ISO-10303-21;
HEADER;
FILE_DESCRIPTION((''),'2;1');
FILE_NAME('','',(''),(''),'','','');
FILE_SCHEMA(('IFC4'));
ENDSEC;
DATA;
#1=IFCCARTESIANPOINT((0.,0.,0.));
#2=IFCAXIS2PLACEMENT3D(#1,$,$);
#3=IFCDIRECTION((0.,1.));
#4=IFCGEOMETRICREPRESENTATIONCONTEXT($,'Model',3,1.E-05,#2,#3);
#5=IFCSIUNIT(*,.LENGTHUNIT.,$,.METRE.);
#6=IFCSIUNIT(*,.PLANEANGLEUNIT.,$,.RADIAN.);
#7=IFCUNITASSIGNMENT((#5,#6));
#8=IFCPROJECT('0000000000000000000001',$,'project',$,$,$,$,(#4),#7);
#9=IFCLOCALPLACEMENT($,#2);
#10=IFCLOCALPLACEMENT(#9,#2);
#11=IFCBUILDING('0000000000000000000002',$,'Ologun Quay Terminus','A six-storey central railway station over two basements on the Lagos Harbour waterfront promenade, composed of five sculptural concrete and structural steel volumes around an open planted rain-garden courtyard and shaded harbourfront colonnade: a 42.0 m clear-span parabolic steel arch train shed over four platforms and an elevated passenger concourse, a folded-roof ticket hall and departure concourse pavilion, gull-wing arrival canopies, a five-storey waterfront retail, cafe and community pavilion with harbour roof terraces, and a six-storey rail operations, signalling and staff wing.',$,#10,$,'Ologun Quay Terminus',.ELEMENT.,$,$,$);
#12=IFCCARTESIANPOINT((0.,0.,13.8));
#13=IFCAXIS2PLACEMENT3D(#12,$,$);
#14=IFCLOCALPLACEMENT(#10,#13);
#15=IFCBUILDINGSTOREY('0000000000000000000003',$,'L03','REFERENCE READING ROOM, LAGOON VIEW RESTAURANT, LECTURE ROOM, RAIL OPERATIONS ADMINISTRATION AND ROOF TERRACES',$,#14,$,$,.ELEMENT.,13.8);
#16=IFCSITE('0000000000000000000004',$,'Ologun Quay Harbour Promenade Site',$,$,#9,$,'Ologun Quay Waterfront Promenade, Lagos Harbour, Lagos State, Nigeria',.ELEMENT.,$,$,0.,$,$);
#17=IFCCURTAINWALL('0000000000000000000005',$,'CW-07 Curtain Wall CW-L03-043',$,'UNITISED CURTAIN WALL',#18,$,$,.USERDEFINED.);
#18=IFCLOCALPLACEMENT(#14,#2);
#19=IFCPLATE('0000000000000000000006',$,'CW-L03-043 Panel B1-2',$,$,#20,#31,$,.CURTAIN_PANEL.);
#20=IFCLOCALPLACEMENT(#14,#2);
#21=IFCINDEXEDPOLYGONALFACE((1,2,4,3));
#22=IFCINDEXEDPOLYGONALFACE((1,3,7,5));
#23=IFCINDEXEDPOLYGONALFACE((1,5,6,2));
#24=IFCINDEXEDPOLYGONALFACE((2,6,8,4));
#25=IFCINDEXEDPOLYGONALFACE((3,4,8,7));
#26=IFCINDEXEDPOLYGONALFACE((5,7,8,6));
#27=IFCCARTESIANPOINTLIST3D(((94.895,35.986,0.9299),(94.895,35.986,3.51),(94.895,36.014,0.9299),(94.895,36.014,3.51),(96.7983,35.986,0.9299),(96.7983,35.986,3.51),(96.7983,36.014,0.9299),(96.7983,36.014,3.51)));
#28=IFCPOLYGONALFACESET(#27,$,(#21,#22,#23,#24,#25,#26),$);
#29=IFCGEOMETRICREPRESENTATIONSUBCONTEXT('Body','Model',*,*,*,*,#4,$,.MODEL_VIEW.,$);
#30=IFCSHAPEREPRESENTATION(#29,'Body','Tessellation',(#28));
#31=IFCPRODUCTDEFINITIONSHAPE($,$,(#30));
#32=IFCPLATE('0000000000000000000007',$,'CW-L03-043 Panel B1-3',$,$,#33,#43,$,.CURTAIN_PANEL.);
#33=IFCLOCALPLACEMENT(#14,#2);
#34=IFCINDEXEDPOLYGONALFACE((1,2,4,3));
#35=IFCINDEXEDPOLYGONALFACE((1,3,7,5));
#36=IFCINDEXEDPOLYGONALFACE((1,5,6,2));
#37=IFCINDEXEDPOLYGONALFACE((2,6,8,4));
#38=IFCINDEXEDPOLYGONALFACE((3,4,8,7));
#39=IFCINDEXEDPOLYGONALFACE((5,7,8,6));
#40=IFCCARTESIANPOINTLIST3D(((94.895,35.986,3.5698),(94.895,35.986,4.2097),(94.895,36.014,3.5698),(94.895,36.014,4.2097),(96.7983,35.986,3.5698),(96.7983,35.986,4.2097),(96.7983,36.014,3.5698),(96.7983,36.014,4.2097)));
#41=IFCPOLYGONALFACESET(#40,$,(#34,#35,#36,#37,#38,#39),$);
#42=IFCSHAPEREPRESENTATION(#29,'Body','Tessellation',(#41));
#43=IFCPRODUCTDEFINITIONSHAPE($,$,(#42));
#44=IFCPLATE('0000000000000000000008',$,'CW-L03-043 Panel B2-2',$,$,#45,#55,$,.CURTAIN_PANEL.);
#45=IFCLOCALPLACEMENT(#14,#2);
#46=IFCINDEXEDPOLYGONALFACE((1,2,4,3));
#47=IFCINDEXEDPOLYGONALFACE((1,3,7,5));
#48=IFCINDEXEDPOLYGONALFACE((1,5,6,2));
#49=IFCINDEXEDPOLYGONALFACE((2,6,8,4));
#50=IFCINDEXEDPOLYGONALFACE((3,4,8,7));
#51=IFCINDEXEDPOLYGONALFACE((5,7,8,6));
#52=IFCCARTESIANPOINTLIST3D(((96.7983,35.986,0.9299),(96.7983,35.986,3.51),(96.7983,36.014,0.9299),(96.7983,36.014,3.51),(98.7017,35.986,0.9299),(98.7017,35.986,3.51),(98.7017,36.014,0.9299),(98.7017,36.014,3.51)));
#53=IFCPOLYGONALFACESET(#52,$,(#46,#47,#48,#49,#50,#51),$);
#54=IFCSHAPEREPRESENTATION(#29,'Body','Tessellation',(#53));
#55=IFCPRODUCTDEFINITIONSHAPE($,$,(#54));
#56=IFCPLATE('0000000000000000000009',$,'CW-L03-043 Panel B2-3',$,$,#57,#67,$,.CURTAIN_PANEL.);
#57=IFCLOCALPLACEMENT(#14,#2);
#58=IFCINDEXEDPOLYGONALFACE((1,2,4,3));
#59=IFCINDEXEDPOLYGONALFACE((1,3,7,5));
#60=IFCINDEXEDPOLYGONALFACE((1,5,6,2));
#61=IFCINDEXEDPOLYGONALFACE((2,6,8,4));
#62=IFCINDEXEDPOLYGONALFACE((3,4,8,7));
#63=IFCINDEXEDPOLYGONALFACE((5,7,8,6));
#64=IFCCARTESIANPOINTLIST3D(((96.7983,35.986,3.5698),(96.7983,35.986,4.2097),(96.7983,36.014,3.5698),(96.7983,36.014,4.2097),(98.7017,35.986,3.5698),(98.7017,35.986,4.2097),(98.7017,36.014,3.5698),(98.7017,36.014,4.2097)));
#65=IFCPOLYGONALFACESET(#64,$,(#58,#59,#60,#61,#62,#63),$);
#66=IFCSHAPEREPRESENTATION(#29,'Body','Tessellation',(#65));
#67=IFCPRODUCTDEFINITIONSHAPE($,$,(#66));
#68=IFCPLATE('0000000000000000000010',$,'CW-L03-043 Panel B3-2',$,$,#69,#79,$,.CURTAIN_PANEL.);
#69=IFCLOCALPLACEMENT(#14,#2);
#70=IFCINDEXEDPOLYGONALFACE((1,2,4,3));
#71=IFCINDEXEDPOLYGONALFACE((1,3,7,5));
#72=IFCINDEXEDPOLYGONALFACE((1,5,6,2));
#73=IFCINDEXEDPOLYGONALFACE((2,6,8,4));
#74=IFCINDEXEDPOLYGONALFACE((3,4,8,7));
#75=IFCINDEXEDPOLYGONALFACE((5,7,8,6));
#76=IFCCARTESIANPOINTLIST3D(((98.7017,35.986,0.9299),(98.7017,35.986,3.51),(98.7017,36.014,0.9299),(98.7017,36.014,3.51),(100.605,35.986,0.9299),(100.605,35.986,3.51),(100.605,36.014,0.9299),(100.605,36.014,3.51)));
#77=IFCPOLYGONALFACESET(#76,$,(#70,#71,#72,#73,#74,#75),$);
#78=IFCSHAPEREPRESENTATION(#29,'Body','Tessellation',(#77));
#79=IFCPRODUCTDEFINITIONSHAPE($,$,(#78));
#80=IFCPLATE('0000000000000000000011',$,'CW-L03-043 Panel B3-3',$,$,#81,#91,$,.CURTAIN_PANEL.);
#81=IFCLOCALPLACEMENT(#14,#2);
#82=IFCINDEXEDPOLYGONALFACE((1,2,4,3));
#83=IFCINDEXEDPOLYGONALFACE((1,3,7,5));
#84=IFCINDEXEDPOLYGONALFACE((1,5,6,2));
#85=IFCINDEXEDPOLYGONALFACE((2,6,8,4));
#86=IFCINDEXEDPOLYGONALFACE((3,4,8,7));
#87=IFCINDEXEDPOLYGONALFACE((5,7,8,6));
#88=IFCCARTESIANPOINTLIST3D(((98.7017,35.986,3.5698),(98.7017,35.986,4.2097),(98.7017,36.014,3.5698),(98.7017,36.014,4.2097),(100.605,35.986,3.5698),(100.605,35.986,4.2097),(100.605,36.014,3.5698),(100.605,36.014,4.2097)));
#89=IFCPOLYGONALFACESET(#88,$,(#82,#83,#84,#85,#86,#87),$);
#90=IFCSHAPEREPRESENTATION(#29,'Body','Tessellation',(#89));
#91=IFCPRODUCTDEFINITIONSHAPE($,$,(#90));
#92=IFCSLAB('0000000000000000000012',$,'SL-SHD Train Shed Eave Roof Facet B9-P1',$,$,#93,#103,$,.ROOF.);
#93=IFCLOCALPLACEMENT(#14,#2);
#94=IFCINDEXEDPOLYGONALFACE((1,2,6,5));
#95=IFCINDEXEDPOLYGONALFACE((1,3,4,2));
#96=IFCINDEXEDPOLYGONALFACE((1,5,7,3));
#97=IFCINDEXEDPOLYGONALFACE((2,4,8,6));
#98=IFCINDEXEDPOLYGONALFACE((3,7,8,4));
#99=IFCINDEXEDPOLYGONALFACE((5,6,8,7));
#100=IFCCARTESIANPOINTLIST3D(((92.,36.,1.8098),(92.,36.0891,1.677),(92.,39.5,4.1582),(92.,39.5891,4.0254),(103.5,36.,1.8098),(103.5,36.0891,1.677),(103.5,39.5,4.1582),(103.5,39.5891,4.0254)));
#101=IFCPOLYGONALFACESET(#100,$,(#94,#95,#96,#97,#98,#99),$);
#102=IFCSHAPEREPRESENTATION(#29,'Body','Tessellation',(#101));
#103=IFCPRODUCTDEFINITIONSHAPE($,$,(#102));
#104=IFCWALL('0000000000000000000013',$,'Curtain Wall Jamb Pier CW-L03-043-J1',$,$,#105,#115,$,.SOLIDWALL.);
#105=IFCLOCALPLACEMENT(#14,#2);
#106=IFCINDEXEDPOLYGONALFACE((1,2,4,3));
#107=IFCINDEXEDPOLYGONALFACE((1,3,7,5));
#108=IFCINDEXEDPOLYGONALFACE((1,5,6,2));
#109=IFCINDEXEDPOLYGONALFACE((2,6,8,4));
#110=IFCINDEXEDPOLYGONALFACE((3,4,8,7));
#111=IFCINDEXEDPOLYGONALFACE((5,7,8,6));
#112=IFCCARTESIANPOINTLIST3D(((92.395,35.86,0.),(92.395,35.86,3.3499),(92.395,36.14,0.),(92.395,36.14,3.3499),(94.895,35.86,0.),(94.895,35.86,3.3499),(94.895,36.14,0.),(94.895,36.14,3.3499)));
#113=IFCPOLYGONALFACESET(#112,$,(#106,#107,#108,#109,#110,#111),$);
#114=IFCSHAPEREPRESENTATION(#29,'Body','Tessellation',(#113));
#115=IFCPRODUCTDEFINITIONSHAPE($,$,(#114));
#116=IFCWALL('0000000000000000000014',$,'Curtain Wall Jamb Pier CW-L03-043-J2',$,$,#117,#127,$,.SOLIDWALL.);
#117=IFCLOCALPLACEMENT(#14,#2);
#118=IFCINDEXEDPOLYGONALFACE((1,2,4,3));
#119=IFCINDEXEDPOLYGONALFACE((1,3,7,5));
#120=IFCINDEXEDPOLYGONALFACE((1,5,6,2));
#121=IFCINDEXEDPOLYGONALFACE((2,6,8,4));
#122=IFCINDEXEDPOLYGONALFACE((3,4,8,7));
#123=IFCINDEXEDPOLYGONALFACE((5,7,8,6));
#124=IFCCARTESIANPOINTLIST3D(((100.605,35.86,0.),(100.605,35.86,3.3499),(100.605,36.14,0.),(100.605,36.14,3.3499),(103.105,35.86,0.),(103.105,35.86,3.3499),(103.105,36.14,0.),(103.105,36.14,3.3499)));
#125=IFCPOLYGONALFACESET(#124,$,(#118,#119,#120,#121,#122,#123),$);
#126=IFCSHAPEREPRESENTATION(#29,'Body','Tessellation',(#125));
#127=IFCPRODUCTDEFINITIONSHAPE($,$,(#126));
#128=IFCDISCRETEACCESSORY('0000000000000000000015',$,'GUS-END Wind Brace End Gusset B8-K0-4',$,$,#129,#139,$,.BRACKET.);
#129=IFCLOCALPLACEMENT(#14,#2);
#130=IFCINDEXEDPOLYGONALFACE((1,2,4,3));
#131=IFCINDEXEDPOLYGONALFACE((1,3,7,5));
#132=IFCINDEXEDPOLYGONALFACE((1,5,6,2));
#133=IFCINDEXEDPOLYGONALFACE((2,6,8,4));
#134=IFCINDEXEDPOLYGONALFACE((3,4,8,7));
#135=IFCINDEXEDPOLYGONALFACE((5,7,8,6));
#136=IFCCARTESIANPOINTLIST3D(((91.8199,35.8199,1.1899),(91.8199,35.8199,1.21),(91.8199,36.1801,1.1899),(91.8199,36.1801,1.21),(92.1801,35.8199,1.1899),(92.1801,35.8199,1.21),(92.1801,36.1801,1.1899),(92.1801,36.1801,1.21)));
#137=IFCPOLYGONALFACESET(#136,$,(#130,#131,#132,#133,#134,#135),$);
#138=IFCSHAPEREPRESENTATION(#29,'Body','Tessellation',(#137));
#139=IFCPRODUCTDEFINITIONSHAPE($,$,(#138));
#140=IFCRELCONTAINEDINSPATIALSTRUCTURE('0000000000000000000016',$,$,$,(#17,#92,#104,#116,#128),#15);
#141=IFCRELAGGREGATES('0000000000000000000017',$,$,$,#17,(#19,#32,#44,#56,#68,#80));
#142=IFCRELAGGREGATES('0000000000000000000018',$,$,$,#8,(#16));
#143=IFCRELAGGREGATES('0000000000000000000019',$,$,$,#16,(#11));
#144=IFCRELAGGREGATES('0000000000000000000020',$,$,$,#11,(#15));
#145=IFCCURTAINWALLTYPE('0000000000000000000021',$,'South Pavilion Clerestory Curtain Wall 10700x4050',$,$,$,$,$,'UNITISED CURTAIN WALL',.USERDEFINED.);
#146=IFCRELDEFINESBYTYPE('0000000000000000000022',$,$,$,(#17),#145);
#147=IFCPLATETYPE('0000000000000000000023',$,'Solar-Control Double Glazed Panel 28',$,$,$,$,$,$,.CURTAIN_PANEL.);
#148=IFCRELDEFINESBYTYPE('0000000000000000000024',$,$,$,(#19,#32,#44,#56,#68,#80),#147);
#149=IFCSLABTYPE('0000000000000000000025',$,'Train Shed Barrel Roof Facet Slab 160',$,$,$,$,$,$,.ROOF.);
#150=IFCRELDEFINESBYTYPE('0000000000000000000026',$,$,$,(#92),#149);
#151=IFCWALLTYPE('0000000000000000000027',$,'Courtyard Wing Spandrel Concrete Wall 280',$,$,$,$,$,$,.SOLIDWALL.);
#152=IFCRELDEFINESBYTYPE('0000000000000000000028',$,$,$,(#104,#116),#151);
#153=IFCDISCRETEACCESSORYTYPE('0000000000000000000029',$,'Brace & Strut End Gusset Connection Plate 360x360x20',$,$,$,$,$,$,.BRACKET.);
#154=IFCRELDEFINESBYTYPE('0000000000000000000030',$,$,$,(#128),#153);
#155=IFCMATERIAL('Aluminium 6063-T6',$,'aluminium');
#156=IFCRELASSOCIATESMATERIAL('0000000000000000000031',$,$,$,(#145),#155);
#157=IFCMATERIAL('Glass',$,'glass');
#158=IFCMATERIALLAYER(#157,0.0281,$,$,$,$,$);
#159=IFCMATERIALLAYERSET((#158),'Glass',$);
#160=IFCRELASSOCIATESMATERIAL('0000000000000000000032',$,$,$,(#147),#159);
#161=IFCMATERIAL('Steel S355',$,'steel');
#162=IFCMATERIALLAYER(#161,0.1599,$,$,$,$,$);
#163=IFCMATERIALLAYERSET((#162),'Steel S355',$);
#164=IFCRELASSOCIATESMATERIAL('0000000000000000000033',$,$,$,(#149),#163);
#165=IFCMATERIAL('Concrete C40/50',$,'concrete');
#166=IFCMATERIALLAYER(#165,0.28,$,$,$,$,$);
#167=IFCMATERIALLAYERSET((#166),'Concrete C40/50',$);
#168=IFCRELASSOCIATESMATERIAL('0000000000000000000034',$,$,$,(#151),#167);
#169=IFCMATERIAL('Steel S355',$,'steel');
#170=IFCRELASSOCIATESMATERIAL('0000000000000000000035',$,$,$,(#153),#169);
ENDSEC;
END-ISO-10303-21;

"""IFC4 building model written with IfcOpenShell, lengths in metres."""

from ifc_helpers import new_model, si_unit, direction, frame, frame_2d, origin, origin_2d, place, context, subcontext, project, spatial, polyline, rectangle, outline, extrude, material, layer, layer_set, type_object, element, aggregate, save


model = new_model("IFC4")

# Units and contexts
model_context = context("Model", 3, precision=1e-05, world=origin(), true_north=direction((0.0, 1.0)))
body_context = subcontext(model_context, "Body", "Model", "MODEL_VIEW")
ifc_project = project(units=[si_unit("LENGTHUNIT", "METRE"), si_unit("PLANEANGLEUNIT", "RADIAN")], contexts=[model_context])

# Site, building, storey
site_placement = place(None, origin())
site = spatial("IfcSite", under=ifc_project, at=site_placement, Name="Ologun Quay Harbour Promenade Site", LongName="Ologun Quay Waterfront Promenade, Lagos Harbour, Lagos State, Nigeria", CompositionType="ELEMENT", RefElevation=0.0)
building_placement = place(site_placement, origin())
building = spatial("IfcBuilding", under=site, at=building_placement, Name="Ologun Quay Terminus", Description="A six-storey central railway station over two basements on the Lagos Harbour waterfront promenade, composed of five sculptural concrete and structural steel volumes around an open planted rain-garden courtyard and shaded harbourfront colonnade: a 42.0 m clear-span parabolic steel arch train shed over four platforms and an elevated passenger concourse, a folded-roof ticket hall and departure concourse pavilion, gull-wing arrival canopies, a five-storey waterfront retail, cafe and community pavilion with harbour roof terraces, and a six-storey rail operations, signalling and staff wing.", LongName="Ologun Quay Terminus", CompositionType="ELEMENT")
storey_placement = place(building_placement, frame((0.0, 0.0, 13.8)))
storey = spatial("IfcBuildingStorey", under=building, at=storey_placement, Name="L03", Description="REFERENCE READING ROOM, LAGOON VIEW RESTAURANT, LECTURE ROOM, RAIL OPERATIONS ADMINISTRATION AND ROOF TERRACES", CompositionType="ELEMENT", Elevation=13.8)

# Curtain wall
ifc_material_1 = material(Name="Aluminium 6063-T6", Category="aluminium")
curtain_wall_type = type_object("IfcCurtainWallType", Name="South Pavilion Clerestory Curtain Wall 10700x4050", ElementType="UNITISED CURTAIN WALL", PredefinedType="USERDEFINED", material=ifc_material_1)
curtain_wall_placement = place(storey_placement, origin())
curtain_wall = element("IfcCurtainWall", 1, at=curtain_wall_placement, inside=storey, type_object=curtain_wall_type, Name="CW-07 Curtain Wall CW-L03-043", ObjectType="UNITISED CURTAIN WALL", PredefinedType="USERDEFINED")

# Plates
ifc_material_2 = material(Name="Glass", Category="glass")
ifc_layer_1 = layer(ifc_material_2, 0.0281)
ifc_layer_set_1 = layer_set([ifc_layer_1], Name="Glass")
plate_type_1 = type_object("IfcPlateType", Name="Solar-Control Double Glazed Panel 28", PredefinedType="CURTAIN_PANEL", material=ifc_layer_set_1)
plate_1_placement = place(storey_placement, frame((95.8467, 36.0, 0.9299), z_axis=(0.0, 0.0, 1.0), x_axis=(1.0, 0.0, 0.0)))
plate_1 = element("IfcPlate", 2, at=plate_1_placement, type_object=plate_type_1, Name="CW-L03-043 Panel B1-2", PredefinedType="CURTAIN_PANEL", context=body_context, shape_type="SweptSolid", body=[
    extrude(rectangle(XDim=1.9033, YDim=0.0281, at=origin_2d()), origin(), (0.0, 0.0, 1.0), 2.5801),
])
plate_2_placement = place(storey_placement, frame((95.8467, 36.0, 3.5698), z_axis=(0.0, 0.0, 1.0), x_axis=(1.0, 0.0, 0.0)))
plate_2 = element("IfcPlate", 3, at=plate_2_placement, type_object=plate_type_1, Name="CW-L03-043 Panel B1-3", PredefinedType="CURTAIN_PANEL", context=body_context, shape_type="SweptSolid", body=[
    extrude(rectangle(XDim=1.9033, YDim=0.0281, at=origin_2d()), origin(), (0.0, 0.0, 1.0), 0.6399),
])
plate_3_placement = place(storey_placement, frame((97.75, 36.0, 0.9299), z_axis=(0.0, 0.0, 1.0), x_axis=(1.0, 0.0, 0.0)))
plate_3 = element("IfcPlate", 4, at=plate_3_placement, type_object=plate_type_1, Name="CW-L03-043 Panel B2-2", PredefinedType="CURTAIN_PANEL", context=body_context, shape_type="SweptSolid", body=[
    extrude(rectangle(XDim=1.9033, YDim=0.0281, at=origin_2d()), origin(), (0.0, 0.0, 1.0), 2.5801),
])
plate_4_placement = place(storey_placement, frame((97.75, 36.0, 3.5698), z_axis=(0.0, 0.0, 1.0), x_axis=(1.0, 0.0, 0.0)))
plate_4 = element("IfcPlate", 5, at=plate_4_placement, type_object=plate_type_1, Name="CW-L03-043 Panel B2-3", PredefinedType="CURTAIN_PANEL", context=body_context, shape_type="SweptSolid", body=[
    extrude(rectangle(XDim=1.9033, YDim=0.0281, at=origin_2d()), origin(), (0.0, 0.0, 1.0), 0.6399),
])
plate_5_placement = place(storey_placement, frame((99.6533, 36.0, 0.9299), z_axis=(0.0, 0.0, 1.0), x_axis=(1.0, 0.0, 0.0)))
plate_5 = element("IfcPlate", 6, at=plate_5_placement, type_object=plate_type_1, Name="CW-L03-043 Panel B3-2", PredefinedType="CURTAIN_PANEL", context=body_context, shape_type="SweptSolid", body=[
    extrude(rectangle(XDim=1.9033, YDim=0.0281, at=origin_2d()), origin(), (0.0, 0.0, 1.0), 2.5801),
])
plate_6_placement = place(storey_placement, frame((99.6533, 36.0, 3.5698), z_axis=(0.0, 0.0, 1.0), x_axis=(1.0, 0.0, 0.0)))
plate_6 = element("IfcPlate", 7, at=plate_6_placement, type_object=plate_type_1, Name="CW-L03-043 Panel B3-3", PredefinedType="CURTAIN_PANEL", context=body_context, shape_type="SweptSolid", body=[
    extrude(rectangle(XDim=1.9033, YDim=0.0281, at=origin_2d()), origin(), (0.0, 0.0, 1.0), 0.6399),
])
aggregate(curtain_wall, [plate_1, plate_2, plate_3, plate_4, plate_5, plate_6])

# Slab
ifc_material_3 = material(Name="Steel S355", Category="steel")
ifc_layer_2 = layer(ifc_material_3, 0.1599)
ifc_layer_set_2 = layer_set([ifc_layer_2], Name="Steel S355")
slab_type = type_object("IfcSlabType", Name="Train Shed Barrel Roof Facet Slab 160", PredefinedType="ROOF", material=ifc_layer_set_2)
slab_placement = place(storey_placement, frame((92.0, 36.0, 1.8098), z_axis=(0.0, -0.557171, 0.830398), x_axis=(1.0, 0.0, 0.0)))
element("IfcSlab", 8, at=slab_placement, inside=storey, type_object=slab_type, Name="SL-SHD Train Shed Eave Roof Facet B9-P1", PredefinedType="ROOF", context=body_context, shape_type="SweptSolid", body=[
    extrude(outline(polyline([(0.0, 0.0), (11.5, 0.0), (11.5, 4.2148), (0.0, 4.2148), (0.0, 0.0)])), origin(), (0.0, 0.0, -1.0), 0.1599),
])

# Walls
ifc_material_4 = material(Name="Concrete C40/50", Category="concrete")
ifc_layer_3 = layer(ifc_material_4, 0.28)
ifc_layer_set_3 = layer_set([ifc_layer_3], Name="Concrete C40/50")
wall_type = type_object("IfcWallType", Name="Courtyard Wing Spandrel Concrete Wall 280", PredefinedType="SOLIDWALL", material=ifc_layer_set_3)
for number, where, z_axis, x_axis, name in (
    (9, (92.395, 36.0, 0.0), (0.0, 0.0, 1.0), (1.0, 0.0, 0.0), "Curtain Wall Jamb Pier CW-L03-043-J1"),
    (10, (100.605, 36.0, 0.0), (0.0, 0.0, 1.0), (1.0, 0.0, 0.0), "Curtain Wall Jamb Pier CW-L03-043-J2"),
):
    element("IfcWall", number, at=place(storey_placement, frame(where, z_axis=z_axis, x_axis=x_axis)), inside=storey, type_object=wall_type, Name=name, PredefinedType="SOLIDWALL", context=body_context, shape_type="SweptSolid", body=[
        extrude(rectangle(XDim=2.5, YDim=0.28, at=frame_2d((1.25, 0.0))), origin(), (0.0, 0.0, 1.0), 3.3499),
    ])

# Discrete accessory
ifc_material_5 = material(Name="Steel S355", Category="steel")
discrete_accessory_type = type_object("IfcDiscreteAccessoryType", Name="Brace & Strut End Gusset Connection Plate 360x360x20", PredefinedType="BRACKET", material=ifc_material_5)
discrete_accessory_placement = place(storey_placement, frame((92.0, 36.0, 1.1899), z_axis=(0.0, 0.0, 1.0), x_axis=(1.0, 0.0, 0.0)))
element("IfcDiscreteAccessory", 11, at=discrete_accessory_placement, inside=storey, type_object=discrete_accessory_type, Name="GUS-END Wind Brace End Gusset B8-K0-4", PredefinedType="BRACKET", context=body_context, shape_type="SweptSolid", body=[
    extrude(rectangle(XDim=0.3601, YDim=0.3601, at=origin_2d()), origin(), (0.0, 0.0, 1.0), 0.02),
])

save(model, "model.ifc")
